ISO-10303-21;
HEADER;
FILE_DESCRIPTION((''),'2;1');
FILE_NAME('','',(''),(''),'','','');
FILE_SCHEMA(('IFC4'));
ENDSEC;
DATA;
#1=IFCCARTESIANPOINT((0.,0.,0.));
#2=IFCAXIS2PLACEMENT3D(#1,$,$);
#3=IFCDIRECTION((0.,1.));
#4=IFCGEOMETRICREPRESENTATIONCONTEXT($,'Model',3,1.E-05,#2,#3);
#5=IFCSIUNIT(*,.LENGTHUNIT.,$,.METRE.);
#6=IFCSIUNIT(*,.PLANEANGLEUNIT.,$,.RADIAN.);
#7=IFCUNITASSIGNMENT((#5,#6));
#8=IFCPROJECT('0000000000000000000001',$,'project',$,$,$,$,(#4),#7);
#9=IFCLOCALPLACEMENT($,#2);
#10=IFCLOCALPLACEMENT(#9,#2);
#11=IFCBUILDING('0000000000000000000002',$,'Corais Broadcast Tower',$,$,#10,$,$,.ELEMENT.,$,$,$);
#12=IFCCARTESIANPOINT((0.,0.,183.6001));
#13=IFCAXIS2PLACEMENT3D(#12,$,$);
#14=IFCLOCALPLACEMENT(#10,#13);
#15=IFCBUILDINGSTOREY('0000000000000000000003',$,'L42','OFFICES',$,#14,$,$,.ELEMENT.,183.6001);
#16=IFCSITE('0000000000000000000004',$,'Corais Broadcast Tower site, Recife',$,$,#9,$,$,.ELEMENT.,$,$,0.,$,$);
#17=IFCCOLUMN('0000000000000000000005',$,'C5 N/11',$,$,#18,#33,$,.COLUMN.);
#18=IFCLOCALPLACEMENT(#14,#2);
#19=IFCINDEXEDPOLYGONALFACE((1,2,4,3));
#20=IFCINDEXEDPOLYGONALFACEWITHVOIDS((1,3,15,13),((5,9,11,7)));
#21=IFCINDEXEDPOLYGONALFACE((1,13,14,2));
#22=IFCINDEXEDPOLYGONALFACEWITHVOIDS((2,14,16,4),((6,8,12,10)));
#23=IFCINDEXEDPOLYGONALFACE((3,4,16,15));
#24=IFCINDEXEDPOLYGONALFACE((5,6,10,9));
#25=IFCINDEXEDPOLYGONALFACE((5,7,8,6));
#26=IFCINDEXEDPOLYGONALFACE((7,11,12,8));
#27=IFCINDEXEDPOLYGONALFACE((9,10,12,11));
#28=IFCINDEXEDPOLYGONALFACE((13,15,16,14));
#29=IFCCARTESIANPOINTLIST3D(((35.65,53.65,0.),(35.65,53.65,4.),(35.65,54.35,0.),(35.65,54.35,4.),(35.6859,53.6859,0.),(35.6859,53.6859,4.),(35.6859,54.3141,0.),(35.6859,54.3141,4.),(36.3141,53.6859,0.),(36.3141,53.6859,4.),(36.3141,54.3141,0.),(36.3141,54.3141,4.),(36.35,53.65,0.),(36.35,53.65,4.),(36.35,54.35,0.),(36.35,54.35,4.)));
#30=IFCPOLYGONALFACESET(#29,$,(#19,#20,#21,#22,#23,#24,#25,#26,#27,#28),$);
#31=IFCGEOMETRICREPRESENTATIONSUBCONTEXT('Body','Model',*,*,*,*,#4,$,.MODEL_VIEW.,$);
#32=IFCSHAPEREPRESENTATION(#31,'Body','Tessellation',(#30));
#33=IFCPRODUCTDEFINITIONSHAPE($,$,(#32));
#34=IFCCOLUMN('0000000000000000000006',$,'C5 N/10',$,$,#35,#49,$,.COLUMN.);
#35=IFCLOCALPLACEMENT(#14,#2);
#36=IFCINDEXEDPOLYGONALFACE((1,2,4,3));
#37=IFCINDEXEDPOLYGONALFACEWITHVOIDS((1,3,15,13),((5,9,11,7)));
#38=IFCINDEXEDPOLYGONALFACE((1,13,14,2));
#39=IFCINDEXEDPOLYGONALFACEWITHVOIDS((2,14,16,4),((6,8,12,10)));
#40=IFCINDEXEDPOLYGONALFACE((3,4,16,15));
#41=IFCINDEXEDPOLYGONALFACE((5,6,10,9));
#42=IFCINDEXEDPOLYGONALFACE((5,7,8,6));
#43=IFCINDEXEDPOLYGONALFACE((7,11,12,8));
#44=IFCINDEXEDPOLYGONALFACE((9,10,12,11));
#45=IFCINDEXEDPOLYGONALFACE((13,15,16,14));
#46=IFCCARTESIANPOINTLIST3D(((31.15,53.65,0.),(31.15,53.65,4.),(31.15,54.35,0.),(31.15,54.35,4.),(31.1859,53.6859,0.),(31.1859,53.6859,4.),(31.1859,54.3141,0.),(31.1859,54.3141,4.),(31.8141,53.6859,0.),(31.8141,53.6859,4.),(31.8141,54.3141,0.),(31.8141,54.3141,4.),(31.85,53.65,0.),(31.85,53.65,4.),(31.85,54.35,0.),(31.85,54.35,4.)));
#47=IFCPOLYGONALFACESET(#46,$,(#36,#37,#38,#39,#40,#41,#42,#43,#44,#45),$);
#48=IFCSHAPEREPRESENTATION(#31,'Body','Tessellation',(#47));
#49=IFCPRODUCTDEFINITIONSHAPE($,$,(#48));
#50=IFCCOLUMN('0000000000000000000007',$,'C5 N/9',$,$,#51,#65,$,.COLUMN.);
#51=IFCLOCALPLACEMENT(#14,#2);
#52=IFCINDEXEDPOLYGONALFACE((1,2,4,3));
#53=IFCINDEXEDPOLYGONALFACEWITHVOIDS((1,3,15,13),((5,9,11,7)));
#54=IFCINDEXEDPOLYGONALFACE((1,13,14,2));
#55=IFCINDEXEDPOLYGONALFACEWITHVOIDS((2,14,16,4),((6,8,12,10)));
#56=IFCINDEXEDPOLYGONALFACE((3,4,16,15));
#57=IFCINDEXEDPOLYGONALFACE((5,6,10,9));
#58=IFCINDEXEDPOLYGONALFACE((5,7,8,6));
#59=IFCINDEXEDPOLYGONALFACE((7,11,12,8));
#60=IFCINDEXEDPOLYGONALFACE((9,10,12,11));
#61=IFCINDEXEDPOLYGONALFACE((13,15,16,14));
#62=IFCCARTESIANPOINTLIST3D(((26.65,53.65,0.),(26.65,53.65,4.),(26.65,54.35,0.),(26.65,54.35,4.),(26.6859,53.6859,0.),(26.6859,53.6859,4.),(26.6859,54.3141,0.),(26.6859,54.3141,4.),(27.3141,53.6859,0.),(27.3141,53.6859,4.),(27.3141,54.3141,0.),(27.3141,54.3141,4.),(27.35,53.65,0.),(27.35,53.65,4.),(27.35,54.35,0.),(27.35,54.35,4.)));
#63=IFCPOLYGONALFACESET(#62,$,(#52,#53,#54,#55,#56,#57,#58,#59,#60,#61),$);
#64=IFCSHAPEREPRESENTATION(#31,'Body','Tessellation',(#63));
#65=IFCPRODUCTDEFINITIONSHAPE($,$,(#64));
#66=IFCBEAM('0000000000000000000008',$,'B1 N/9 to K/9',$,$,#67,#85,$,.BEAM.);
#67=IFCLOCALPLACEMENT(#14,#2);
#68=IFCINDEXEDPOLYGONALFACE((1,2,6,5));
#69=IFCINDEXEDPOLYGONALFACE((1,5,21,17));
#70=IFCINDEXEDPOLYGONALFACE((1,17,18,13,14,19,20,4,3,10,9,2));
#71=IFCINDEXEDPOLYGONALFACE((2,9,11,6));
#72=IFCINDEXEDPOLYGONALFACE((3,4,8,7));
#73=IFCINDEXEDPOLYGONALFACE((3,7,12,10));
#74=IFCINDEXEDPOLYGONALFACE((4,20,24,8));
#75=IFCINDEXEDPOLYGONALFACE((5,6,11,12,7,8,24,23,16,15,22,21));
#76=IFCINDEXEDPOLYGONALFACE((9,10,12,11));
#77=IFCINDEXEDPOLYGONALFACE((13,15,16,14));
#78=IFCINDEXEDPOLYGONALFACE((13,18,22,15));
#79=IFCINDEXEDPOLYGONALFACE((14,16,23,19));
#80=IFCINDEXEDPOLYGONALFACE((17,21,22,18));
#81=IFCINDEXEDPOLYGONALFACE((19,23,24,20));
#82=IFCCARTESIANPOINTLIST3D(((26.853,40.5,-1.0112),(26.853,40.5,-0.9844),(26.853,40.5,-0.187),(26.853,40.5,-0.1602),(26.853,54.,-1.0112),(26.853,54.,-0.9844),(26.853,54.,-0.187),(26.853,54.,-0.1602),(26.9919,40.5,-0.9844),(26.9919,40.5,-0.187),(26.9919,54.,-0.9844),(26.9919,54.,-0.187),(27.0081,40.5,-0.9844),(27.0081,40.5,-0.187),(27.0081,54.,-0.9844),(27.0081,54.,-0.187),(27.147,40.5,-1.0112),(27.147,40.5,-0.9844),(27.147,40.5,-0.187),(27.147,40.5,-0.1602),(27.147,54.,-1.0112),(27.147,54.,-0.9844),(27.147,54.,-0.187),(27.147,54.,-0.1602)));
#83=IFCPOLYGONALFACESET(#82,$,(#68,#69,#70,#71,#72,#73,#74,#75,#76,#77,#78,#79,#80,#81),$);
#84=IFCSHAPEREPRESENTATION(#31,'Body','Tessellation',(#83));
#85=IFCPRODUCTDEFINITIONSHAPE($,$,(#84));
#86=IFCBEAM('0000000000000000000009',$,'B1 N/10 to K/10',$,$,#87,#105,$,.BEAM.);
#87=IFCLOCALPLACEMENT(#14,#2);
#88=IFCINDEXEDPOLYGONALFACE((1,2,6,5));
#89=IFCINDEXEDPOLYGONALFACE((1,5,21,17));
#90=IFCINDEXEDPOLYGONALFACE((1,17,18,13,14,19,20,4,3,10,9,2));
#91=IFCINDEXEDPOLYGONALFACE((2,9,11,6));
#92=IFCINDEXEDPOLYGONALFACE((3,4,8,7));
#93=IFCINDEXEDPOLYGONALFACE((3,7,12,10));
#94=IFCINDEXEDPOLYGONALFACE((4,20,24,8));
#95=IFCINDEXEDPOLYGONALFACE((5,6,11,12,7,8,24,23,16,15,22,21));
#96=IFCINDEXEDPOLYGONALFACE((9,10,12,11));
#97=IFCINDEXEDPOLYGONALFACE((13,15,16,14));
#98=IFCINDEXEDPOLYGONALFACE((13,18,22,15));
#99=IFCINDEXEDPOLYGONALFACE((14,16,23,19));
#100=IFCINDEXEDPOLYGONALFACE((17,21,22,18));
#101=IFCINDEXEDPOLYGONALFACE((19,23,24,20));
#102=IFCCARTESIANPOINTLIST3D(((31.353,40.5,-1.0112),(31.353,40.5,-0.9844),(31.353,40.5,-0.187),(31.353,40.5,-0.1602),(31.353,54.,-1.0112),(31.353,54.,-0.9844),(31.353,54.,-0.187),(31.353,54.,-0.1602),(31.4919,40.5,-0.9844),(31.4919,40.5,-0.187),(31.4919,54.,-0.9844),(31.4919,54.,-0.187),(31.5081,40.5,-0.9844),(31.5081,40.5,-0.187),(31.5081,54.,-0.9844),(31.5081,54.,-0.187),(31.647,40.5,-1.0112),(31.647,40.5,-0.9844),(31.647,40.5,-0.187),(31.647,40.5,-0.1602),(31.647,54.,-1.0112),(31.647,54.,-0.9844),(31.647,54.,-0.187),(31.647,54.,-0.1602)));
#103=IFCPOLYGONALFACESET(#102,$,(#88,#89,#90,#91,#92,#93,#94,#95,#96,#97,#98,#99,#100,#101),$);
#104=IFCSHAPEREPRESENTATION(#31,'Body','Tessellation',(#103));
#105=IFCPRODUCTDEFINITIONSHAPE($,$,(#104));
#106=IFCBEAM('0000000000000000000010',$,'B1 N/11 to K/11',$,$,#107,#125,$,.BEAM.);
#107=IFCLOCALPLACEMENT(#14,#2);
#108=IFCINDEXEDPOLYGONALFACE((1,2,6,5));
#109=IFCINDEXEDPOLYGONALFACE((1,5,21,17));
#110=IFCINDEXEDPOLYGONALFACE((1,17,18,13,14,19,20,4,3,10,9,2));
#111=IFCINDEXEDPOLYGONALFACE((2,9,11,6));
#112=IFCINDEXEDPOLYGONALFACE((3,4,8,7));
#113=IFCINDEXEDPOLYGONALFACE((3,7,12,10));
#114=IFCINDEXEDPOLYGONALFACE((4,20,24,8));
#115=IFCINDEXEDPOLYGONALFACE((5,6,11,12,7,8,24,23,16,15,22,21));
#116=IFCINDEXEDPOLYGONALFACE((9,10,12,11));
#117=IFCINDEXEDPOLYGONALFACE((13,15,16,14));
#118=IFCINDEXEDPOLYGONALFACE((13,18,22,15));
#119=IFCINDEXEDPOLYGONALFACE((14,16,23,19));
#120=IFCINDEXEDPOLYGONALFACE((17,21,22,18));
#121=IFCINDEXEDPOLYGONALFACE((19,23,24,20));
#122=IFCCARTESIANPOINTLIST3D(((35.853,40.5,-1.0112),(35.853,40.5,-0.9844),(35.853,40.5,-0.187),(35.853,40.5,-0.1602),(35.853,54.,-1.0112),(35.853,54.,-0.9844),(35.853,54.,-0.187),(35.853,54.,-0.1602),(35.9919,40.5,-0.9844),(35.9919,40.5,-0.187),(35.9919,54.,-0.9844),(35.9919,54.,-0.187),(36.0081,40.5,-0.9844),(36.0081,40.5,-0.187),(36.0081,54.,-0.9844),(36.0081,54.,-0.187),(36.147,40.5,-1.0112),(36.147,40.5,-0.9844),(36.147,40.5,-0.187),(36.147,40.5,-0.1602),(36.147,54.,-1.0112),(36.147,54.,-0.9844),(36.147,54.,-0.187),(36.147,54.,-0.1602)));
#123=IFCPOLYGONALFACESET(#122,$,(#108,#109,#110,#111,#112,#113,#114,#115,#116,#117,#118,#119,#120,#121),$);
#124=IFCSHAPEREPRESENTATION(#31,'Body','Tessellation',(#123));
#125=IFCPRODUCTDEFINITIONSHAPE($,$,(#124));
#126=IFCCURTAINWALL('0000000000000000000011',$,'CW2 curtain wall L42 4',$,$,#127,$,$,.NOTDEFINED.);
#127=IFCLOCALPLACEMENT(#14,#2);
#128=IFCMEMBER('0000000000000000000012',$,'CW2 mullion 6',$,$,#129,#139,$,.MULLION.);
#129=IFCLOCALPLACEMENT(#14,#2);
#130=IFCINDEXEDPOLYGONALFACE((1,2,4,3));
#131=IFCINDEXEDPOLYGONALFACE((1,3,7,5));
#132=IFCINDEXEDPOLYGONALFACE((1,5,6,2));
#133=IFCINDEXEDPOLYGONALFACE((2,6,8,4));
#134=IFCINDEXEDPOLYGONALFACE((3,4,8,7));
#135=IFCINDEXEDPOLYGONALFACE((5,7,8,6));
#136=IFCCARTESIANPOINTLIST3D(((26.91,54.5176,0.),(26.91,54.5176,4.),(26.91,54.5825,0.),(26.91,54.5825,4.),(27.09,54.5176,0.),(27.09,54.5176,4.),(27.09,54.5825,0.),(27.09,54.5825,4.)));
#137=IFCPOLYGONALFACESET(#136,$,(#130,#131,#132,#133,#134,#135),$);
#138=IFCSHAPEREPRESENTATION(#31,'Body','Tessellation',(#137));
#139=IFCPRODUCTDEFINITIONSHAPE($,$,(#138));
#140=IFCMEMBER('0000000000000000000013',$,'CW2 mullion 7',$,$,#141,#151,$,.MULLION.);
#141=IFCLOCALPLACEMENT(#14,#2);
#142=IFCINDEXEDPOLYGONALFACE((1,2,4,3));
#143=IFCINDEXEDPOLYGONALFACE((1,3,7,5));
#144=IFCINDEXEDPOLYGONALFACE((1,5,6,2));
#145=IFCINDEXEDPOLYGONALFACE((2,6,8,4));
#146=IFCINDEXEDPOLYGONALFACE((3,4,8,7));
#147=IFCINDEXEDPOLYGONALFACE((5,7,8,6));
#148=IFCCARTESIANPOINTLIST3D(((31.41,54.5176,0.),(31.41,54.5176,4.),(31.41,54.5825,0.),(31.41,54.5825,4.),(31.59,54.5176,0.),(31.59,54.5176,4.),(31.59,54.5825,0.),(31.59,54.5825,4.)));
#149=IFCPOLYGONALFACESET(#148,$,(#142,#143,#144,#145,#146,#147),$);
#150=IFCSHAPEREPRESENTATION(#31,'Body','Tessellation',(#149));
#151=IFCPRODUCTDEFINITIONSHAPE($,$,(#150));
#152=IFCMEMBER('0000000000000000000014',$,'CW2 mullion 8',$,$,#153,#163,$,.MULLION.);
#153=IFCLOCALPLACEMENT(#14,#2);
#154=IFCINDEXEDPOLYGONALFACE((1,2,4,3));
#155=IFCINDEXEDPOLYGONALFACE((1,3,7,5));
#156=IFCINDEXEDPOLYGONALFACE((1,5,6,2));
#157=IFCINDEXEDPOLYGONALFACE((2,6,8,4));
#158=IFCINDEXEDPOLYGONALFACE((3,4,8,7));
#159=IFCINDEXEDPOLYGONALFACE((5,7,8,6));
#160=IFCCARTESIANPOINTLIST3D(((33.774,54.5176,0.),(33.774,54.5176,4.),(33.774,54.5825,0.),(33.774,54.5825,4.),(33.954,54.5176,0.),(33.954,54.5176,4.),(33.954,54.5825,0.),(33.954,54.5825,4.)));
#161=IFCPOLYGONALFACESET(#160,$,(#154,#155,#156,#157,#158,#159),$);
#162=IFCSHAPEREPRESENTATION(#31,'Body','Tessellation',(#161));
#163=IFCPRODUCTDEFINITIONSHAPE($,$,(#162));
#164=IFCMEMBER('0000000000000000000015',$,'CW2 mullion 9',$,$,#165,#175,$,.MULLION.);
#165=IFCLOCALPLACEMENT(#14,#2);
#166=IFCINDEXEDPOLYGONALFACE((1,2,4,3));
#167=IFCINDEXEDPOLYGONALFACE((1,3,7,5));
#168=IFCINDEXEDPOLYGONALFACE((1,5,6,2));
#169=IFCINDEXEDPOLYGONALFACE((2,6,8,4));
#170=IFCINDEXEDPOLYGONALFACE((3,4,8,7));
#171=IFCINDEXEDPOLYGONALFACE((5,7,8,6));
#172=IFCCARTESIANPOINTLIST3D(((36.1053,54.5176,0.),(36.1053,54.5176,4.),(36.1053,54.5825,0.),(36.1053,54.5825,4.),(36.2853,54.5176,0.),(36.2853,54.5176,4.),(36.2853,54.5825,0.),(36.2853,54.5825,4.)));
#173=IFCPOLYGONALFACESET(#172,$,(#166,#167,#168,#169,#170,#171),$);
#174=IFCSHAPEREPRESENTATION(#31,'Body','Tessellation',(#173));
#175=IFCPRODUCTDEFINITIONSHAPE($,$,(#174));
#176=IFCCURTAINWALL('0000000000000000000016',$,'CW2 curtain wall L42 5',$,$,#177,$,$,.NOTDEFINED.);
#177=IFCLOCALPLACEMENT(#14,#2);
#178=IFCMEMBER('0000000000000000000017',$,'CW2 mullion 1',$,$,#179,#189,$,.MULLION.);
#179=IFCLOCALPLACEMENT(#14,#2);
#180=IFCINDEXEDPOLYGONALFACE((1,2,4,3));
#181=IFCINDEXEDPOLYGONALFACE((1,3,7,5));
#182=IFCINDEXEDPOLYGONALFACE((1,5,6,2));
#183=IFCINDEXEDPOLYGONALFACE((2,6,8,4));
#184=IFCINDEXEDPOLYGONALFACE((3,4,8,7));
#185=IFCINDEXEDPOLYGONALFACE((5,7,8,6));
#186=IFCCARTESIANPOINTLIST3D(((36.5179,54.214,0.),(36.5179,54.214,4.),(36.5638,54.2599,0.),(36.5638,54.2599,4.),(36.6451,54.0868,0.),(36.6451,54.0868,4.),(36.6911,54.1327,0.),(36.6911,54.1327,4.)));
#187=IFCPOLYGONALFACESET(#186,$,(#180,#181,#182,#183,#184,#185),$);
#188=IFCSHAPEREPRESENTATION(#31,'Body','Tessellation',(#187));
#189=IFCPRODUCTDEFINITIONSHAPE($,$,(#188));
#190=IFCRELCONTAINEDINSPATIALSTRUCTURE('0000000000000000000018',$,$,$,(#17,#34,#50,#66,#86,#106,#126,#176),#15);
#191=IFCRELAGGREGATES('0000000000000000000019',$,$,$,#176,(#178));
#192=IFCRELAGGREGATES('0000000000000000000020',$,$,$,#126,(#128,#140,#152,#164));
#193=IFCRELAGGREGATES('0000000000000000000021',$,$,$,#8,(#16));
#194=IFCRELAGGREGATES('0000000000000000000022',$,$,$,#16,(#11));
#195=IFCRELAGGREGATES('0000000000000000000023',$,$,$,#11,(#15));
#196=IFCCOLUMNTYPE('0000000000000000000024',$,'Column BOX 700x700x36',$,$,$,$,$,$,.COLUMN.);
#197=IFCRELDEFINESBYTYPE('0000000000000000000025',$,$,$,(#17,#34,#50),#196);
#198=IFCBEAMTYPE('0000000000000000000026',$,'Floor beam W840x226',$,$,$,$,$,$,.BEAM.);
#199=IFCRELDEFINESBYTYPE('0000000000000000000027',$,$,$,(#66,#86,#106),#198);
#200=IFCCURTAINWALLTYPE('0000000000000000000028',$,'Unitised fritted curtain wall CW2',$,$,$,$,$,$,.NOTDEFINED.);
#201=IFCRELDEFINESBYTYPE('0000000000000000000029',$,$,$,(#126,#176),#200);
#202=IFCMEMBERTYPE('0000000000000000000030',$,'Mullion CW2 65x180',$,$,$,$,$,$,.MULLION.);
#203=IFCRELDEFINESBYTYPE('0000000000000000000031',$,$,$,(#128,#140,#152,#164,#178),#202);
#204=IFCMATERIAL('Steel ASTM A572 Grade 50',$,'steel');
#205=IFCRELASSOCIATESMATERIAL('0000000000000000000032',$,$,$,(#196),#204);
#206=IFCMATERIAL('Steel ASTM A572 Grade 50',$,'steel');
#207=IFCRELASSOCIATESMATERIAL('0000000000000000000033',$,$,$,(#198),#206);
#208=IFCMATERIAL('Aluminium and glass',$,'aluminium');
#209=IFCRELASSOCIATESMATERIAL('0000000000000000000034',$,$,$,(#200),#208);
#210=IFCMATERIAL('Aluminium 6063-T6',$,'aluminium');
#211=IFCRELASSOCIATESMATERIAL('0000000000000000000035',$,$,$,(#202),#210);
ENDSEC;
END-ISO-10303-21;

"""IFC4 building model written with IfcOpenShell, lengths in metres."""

from ifc_helpers import new_model, si_unit, direction, frame, origin, origin_2d, place, context, subcontext, project, spatial, rectangle, hollow_rectangle, i_section, extrude, material, material_profile, profile_set, type_object, element, aggregate, save


model = new_model("IFC4")

# Units and contexts
model_context = context("Model", 3, precision=1e-05, world=origin(), true_north=direction((0.0, 1.0)))
body_context = subcontext(model_context, "Body", "Model", "MODEL_VIEW")
ifc_project = project(units=[si_unit("LENGTHUNIT", "METRE"), si_unit("PLANEANGLEUNIT", "RADIAN")], contexts=[model_context])

# Site, building, storey
site_placement = place(None, origin())
site = spatial("IfcSite", under=ifc_project, at=site_placement, Name="Corais Broadcast Tower site, Recife", CompositionType="ELEMENT", RefElevation=0.0)
building_placement = place(site_placement, origin())
building = spatial("IfcBuilding", under=site, at=building_placement, Name="Corais Broadcast Tower", CompositionType="ELEMENT")
storey_placement = place(building_placement, frame((0.0, 0.0, 183.6001)))
storey = spatial("IfcBuildingStorey", under=building, at=storey_placement, Name="L42", Description="OFFICES", CompositionType="ELEMENT", Elevation=183.6001)

# Columns
ifc_material_1 = material(Name="Steel ASTM A572 Grade 50", Category="steel")
ifc_material_profile_1 = material_profile(ifc_material_1, hollow_rectangle(XDim=0.7, YDim=0.7, WallThickness=0.0359, at=origin_2d()), Name="BOX 700x700x36")
ifc_profile_set_1 = profile_set([ifc_material_profile_1], Name="Steel ASTM A572 Grade 50")
column_type = type_object("IfcColumnType", Name="Column BOX 700x700x36", PredefinedType="COLUMN", material=ifc_profile_set_1)
for number, where, z_axis, x_axis, name in (
    (1, (36.0, 54.0, 0.0), (0.0, 0.0, 1.0), (1.0, 0.0, 0.0), "C5 N/11"),
    (2, (31.5, 54.0, 0.0), (0.0, 0.0, 1.0), (1.0, 0.0, 0.0), "C5 N/10"),
    (3, (27.0, 54.0, 0.0), (0.0, 0.0, 1.0), (1.0, 0.0, 0.0), "C5 N/9"),
):
    element("IfcColumn", number, at=place(storey_placement, frame(where, z_axis=z_axis, x_axis=x_axis)), inside=storey, type_object=column_type, Name=name, PredefinedType="COLUMN", context=body_context, shape_type="SweptSolid", body=[
        extrude(hollow_rectangle(XDim=0.7, YDim=0.7, WallThickness=0.0359, at=origin_2d()), origin(), (0.0, 0.0, 1.0), 4.0),
    ])

# Beams
ifc_material_2 = material(Name="Steel ASTM A572 Grade 50", Category="steel")
ifc_material_profile_2 = material_profile(ifc_material_2, i_section(OverallWidth=0.2939, OverallDepth=0.8511, WebThickness=0.0161, FlangeThickness=0.0269, at=origin_2d()), Name="W840x226")
ifc_profile_set_2 = profile_set([ifc_material_profile_2], Name="Steel ASTM A572 Grade 50")
beam_type_1 = type_object("IfcBeamType", Name="Floor beam W840x226", PredefinedType="BEAM", material=ifc_profile_set_2)
for number, where, z_axis, x_axis, name in (
    (4, (27.0, 54.0, -0.5857), (0.0, -1.0, 0.0), (1.0, 0.0, 0.0), "B1 N/9 to K/9"),
    (5, (31.5, 54.0, -0.5857), (0.0, -1.0, 0.0), (1.0, 0.0, 0.0), "B1 N/10 to K/10"),
    (6, (36.0, 54.0, -0.5857), (0.0, -1.0, 0.0), (1.0, 0.0, 0.0), "B1 N/11 to K/11"),
):
    element("IfcBeam", number, at=place(storey_placement, frame(where, z_axis=z_axis, x_axis=x_axis)), inside=storey, type_object=beam_type_1, Name=name, PredefinedType="BEAM", context=body_context, shape_type="SweptSolid", body=[
        extrude(i_section(OverallWidth=0.2939, OverallDepth=0.8511, WebThickness=0.0161, FlangeThickness=0.0269, at=origin_2d()), origin(), (0.0, 0.0, 1.0), 13.5),
    ])

# Curtain wall, members
ifc_material_3 = material(Name="Aluminium and glass", Category="aluminium")
curtain_wall_type = type_object("IfcCurtainWallType", Name="Unitised fritted curtain wall CW2", PredefinedType="NOTDEFINED", material=ifc_material_3)
curtain_wall_1_placement = place(storey_placement, origin())
curtain_wall_1 = element("IfcCurtainWall", 7, at=curtain_wall_1_placement, inside=storey, type_object=curtain_wall_type, Name="CW2 curtain wall L42 4", PredefinedType="NOTDEFINED")
ifc_material_4 = material(Name="Aluminium 6063-T6", Category="aluminium")
ifc_material_profile_3 = material_profile(ifc_material_4, rectangle(XDim=0.0649, YDim=0.1799, at=origin_2d()), Name="Mullion CW2 65x180")
ifc_profile_set_3 = profile_set([ifc_material_profile_3], Name="Aluminium 6063-T6")
member_type_1 = type_object("IfcMemberType", Name="Mullion CW2 65x180", PredefinedType="MULLION", material=ifc_profile_set_3)
member_1_placement = place(storey_placement, frame((27.0, 54.55, 0.0), z_axis=(0.0, 0.0, 1.0), x_axis=(0.0, 1.0, 0.0)))
member_1 = element("IfcMember", 8, at=member_1_placement, type_object=member_type_1, Name="CW2 mullion 6", PredefinedType="MULLION", context=body_context, shape_type="SweptSolid", body=[
    extrude(rectangle(XDim=0.0649, YDim=0.1799, at=origin_2d()), origin(), (0.0, 0.0, 1.0), 4.0),
])
member_2_placement = place(storey_placement, frame((31.5, 54.55, 0.0), z_axis=(0.0, 0.0, 1.0), x_axis=(0.0, 1.0, 0.0)))
member_2 = element("IfcMember", 9, at=member_2_placement, type_object=member_type_1, Name="CW2 mullion 7", PredefinedType="MULLION", context=body_context, shape_type="SweptSolid", body=[
    extrude(rectangle(XDim=0.0649, YDim=0.1799, at=origin_2d()), origin(), (0.0, 0.0, 1.0), 4.0),
])
member_3_placement = place(storey_placement, frame((33.864, 54.55, 0.0), z_axis=(0.0, 0.0, 1.0), x_axis=(0.0, 1.0, 0.0)))
member_3 = element("IfcMember", 10, at=member_3_placement, type_object=member_type_1, Name="CW2 mullion 8", PredefinedType="MULLION", context=body_context, shape_type="SweptSolid", body=[
    extrude(rectangle(XDim=0.0649, YDim=0.1799, at=origin_2d()), origin(), (0.0, 0.0, 1.0), 4.0),
])
member_4_placement = place(storey_placement, frame((36.1953, 54.55, 0.0), z_axis=(0.0, 0.0, 1.0), x_axis=(0.0, 1.0, 0.0)))
member_4 = element("IfcMember", 11, at=member_4_placement, type_object=member_type_1, Name="CW2 mullion 9", PredefinedType="MULLION", context=body_context, shape_type="SweptSolid", body=[
    extrude(rectangle(XDim=0.0649, YDim=0.1799, at=origin_2d()), origin(), (0.0, 0.0, 1.0), 4.0),
])

# Curtain wall, member
curtain_wall_2_placement = place(storey_placement, origin())
curtain_wall_2 = element("IfcCurtainWall", 12, at=curtain_wall_2_placement, inside=storey, type_object=curtain_wall_type, Name="CW2 curtain wall L42 5", PredefinedType="NOTDEFINED")
member_5_placement = place(storey_placement, frame((36.6045, 54.1733, 0.0), z_axis=(0.0, 0.0, 1.0), x_axis=(0.707107, 0.707107, 0.0)))
member_5 = element("IfcMember", 13, at=member_5_placement, type_object=member_type_1, Name="CW2 mullion 1", PredefinedType="MULLION", context=body_context, shape_type="SweptSolid", body=[
    extrude(rectangle(XDim=0.0649, YDim=0.1799, at=origin_2d()), origin(), (0.0, 0.0, 1.0), 4.0),
])

aggregate(curtain_wall_2, [member_5])

aggregate(curtain_wall_1, [member_1, member_2, member_3, member_4])

save(model, "model.ifc")
